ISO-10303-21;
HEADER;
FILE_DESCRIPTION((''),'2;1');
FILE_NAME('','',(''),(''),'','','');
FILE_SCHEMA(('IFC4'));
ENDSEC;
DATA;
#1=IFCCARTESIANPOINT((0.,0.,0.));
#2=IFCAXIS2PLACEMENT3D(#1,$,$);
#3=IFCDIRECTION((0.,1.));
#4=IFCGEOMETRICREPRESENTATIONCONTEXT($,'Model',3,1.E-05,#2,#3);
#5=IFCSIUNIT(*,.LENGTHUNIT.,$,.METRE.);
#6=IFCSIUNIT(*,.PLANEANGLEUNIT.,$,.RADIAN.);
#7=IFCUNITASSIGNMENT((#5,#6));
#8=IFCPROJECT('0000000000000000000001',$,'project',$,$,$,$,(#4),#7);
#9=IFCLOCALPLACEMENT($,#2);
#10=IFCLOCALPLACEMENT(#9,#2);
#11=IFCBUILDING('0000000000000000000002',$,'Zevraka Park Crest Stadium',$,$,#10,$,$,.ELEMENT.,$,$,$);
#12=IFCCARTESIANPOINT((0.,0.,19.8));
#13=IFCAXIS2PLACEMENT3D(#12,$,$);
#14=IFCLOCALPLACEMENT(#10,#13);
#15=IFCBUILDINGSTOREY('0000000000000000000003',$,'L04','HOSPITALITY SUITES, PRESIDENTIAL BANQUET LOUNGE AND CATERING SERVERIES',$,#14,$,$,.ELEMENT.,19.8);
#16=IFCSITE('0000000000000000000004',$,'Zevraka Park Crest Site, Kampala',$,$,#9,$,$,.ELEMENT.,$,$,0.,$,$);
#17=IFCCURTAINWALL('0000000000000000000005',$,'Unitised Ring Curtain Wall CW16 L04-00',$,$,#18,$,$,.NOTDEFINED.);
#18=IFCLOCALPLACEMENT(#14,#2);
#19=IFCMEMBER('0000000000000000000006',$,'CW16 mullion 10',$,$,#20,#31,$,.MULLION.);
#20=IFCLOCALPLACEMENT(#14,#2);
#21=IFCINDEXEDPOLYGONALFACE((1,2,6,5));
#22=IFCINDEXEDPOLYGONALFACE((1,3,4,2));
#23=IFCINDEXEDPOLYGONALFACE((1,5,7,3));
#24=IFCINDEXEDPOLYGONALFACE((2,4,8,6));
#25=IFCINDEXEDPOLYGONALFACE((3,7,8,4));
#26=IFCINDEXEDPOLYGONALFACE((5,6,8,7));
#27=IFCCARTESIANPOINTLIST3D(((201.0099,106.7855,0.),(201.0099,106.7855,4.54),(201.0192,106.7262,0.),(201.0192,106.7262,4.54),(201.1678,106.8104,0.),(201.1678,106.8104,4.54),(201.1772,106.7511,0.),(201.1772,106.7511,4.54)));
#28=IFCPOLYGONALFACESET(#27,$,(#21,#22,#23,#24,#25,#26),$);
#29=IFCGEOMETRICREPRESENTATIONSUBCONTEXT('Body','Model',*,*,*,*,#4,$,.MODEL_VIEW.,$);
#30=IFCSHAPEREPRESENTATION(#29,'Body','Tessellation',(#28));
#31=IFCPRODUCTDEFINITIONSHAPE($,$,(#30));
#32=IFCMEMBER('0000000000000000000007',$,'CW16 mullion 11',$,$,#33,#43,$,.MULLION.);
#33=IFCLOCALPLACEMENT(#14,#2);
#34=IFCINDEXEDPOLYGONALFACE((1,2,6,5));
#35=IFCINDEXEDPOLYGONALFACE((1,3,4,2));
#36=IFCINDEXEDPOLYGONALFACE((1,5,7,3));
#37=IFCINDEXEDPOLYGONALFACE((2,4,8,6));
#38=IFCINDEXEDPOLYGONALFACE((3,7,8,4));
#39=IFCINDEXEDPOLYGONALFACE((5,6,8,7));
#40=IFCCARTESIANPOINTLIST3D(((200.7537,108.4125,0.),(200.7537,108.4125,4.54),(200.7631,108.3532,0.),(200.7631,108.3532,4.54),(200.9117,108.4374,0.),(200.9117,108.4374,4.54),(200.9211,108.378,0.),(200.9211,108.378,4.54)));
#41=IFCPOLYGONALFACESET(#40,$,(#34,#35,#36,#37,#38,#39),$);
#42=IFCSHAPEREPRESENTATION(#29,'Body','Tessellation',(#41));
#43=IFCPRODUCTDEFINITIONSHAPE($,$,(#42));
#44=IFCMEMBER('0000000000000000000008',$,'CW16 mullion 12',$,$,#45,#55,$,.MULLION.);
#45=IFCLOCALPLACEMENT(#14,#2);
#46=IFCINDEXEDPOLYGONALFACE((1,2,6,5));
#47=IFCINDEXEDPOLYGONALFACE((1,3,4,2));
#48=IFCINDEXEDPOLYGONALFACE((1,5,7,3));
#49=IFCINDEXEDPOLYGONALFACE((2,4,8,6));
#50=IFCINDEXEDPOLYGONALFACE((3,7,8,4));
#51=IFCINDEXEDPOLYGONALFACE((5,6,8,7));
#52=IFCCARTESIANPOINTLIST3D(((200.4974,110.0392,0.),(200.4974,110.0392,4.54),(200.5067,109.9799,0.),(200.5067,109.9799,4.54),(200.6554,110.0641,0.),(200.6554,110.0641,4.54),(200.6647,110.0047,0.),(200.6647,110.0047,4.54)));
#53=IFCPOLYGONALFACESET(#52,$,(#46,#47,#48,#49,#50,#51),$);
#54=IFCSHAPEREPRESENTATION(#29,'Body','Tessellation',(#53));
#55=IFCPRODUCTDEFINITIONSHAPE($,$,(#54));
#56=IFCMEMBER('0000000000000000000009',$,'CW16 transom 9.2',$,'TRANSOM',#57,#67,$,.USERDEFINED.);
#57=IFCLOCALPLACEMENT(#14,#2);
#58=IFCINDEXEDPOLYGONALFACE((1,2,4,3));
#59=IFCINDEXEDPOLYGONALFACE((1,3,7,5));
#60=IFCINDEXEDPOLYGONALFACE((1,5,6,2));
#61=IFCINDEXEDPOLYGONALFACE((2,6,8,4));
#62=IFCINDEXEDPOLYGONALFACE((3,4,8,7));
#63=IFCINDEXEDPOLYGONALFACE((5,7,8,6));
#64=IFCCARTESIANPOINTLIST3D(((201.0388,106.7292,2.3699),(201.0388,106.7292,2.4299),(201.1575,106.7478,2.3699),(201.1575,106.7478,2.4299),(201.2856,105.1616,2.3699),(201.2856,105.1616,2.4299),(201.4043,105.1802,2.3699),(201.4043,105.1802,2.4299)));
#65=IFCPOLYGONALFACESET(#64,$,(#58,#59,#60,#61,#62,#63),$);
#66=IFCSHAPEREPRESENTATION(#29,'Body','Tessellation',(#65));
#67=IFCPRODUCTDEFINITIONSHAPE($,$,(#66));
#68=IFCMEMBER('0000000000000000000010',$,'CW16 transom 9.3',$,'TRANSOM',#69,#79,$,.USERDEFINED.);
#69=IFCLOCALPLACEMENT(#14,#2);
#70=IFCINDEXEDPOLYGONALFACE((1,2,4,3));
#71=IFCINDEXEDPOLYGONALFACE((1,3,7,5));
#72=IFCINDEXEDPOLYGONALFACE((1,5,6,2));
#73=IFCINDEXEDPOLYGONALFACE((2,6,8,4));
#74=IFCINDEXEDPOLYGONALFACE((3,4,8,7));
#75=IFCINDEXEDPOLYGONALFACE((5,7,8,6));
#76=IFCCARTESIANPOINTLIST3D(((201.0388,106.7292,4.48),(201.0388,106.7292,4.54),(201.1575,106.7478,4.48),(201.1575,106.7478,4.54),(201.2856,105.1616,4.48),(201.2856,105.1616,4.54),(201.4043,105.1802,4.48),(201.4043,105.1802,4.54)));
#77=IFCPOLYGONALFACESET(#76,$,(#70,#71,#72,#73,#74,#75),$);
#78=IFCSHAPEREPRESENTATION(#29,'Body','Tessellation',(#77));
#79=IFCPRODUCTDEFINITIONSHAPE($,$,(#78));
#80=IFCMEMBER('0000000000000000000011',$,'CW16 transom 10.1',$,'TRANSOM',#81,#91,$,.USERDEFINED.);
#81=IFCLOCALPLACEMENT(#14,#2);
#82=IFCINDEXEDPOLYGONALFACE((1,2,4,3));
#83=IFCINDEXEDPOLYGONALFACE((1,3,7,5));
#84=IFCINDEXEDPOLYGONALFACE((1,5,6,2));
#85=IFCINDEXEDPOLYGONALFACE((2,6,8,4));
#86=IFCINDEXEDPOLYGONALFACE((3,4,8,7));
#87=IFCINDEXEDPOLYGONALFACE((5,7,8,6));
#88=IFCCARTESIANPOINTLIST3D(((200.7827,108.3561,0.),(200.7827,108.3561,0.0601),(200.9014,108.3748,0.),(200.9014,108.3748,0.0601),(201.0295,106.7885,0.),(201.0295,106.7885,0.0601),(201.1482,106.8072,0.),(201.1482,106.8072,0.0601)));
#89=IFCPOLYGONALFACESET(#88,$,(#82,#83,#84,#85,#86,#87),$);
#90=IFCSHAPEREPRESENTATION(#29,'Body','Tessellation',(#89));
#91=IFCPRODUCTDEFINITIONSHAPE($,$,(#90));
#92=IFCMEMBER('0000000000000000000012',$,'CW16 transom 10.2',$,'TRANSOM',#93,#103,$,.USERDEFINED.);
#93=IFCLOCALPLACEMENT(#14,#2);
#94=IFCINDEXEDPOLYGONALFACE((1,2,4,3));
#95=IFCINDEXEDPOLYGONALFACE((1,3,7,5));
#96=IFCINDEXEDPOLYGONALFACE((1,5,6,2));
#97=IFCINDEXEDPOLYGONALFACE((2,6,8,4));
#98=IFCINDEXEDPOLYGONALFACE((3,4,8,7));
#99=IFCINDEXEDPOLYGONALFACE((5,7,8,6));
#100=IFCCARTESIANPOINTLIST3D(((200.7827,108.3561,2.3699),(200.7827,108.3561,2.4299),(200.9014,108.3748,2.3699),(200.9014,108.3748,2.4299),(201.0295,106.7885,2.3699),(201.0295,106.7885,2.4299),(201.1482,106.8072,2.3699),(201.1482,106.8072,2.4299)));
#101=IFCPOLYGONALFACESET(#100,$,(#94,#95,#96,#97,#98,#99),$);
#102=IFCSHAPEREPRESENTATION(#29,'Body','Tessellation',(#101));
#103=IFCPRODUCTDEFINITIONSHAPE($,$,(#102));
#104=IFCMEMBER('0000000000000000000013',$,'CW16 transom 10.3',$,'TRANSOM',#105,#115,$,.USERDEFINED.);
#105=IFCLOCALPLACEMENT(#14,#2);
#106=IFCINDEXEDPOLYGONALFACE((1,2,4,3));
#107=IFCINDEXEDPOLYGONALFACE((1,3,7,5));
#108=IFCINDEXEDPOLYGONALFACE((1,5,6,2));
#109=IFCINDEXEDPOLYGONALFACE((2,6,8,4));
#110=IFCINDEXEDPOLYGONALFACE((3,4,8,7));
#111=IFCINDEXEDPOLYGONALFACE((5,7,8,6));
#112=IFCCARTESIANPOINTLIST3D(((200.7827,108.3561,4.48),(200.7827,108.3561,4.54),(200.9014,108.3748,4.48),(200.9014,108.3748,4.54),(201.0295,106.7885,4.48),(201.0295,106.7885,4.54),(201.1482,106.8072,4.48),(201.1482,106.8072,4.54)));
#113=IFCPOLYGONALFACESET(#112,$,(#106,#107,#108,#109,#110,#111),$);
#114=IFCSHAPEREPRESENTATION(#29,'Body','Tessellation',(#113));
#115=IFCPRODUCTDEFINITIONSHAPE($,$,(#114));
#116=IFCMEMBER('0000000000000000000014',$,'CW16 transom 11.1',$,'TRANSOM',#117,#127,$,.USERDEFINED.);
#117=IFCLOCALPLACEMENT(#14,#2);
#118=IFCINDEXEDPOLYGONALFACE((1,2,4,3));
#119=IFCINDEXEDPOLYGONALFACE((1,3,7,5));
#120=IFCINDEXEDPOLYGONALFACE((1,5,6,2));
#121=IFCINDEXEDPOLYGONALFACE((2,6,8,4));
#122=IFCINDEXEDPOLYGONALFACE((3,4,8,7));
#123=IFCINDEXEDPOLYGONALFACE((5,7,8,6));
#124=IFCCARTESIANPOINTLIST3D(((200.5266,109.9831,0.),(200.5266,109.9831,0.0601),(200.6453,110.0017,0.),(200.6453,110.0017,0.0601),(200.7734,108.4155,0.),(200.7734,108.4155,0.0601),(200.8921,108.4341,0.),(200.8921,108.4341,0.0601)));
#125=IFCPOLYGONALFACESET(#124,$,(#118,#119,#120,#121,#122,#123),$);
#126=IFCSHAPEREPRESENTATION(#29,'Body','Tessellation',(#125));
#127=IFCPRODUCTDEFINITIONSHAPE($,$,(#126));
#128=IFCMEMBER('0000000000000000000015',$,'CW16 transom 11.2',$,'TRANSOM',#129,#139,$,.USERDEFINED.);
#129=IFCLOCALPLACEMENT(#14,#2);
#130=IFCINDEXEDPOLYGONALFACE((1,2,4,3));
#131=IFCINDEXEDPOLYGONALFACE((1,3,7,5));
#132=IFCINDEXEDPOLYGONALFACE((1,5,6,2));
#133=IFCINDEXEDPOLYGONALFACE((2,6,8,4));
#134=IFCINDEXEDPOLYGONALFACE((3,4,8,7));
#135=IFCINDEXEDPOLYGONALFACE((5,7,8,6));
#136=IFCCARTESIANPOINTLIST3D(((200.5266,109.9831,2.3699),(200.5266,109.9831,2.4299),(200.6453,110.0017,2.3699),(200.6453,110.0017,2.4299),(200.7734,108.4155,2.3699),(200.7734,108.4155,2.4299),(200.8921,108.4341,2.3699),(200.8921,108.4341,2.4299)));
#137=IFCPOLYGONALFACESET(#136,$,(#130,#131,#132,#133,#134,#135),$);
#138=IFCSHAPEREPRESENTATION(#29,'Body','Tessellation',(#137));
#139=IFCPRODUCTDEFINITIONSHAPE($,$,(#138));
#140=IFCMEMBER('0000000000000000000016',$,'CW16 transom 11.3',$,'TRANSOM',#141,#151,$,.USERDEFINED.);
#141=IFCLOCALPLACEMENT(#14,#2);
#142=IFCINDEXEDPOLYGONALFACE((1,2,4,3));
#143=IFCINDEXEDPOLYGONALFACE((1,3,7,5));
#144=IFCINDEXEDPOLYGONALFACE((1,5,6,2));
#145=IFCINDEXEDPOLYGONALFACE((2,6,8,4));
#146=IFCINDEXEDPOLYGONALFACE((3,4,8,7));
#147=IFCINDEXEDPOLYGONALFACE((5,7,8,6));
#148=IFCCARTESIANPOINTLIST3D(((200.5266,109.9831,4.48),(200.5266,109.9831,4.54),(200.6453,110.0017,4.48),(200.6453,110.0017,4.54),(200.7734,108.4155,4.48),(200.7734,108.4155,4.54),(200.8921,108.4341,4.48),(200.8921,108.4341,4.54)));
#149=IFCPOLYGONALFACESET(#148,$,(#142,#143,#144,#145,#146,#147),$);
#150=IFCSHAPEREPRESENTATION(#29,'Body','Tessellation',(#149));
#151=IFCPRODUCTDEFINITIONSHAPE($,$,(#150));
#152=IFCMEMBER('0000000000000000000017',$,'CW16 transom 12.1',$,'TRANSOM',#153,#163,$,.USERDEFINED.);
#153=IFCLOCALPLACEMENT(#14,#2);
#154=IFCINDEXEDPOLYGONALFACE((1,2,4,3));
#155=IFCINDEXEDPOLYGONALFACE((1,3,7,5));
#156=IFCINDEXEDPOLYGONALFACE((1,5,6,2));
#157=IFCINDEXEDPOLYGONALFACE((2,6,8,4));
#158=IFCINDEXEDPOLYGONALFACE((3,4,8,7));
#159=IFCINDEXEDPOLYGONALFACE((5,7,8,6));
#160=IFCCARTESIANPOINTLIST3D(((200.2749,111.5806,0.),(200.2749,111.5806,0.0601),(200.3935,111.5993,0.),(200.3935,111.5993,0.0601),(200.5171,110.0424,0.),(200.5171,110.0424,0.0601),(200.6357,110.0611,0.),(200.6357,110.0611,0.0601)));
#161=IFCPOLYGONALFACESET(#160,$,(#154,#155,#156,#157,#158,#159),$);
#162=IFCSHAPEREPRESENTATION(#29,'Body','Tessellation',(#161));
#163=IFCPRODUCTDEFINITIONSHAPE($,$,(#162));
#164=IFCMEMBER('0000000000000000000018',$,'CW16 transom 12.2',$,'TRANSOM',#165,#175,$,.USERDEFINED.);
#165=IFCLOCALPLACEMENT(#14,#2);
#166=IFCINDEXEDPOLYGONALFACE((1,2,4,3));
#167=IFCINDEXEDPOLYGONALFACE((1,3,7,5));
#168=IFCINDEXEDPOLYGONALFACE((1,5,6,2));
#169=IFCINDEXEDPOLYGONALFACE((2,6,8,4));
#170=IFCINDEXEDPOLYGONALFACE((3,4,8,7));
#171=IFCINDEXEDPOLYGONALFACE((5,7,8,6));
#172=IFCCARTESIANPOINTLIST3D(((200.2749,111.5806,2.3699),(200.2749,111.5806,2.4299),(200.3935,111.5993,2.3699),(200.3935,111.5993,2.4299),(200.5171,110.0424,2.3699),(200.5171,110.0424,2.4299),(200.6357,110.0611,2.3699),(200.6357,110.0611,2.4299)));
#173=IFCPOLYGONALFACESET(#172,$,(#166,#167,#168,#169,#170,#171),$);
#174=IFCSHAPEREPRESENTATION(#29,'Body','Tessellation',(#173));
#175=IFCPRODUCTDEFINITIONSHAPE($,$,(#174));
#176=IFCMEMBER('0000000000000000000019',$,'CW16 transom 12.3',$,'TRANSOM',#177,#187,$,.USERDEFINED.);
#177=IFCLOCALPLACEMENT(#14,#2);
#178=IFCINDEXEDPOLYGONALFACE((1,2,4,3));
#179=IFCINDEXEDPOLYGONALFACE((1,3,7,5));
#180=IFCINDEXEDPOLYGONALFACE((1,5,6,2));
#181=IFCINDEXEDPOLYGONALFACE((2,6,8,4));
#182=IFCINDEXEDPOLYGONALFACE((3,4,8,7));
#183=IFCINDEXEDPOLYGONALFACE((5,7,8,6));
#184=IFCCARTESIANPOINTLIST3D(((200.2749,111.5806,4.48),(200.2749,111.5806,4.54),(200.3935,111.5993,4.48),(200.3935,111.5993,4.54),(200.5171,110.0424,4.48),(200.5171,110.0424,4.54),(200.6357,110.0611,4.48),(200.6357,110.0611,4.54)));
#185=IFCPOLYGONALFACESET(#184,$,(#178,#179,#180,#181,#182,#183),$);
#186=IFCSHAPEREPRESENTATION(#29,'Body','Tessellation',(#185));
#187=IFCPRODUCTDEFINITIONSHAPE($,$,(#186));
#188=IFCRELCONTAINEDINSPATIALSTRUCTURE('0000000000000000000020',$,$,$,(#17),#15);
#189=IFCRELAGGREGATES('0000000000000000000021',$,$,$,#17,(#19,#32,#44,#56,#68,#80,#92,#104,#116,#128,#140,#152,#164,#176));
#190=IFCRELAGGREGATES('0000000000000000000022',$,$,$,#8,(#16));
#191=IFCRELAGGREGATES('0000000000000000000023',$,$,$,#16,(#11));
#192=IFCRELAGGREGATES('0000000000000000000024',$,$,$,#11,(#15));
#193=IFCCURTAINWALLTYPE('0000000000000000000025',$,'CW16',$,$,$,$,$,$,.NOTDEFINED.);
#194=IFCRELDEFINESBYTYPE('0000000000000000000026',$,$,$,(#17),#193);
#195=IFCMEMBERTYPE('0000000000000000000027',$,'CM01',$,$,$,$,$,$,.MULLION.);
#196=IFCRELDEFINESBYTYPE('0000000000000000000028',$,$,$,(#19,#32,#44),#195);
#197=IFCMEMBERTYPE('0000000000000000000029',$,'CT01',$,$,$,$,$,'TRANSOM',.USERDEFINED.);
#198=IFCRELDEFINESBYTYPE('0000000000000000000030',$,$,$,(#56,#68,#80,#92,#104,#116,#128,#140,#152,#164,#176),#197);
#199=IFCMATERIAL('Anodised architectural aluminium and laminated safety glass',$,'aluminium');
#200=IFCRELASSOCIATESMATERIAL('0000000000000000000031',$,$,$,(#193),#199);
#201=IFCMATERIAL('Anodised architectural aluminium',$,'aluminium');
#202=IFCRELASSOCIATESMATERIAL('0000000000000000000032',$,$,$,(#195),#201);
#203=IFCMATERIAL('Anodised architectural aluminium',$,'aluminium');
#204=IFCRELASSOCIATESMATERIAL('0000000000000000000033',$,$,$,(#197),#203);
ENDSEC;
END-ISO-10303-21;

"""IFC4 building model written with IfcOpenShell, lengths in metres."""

from ifc_helpers import new_model, si_unit, direction, frame, origin, origin_2d, place, context, subcontext, project, spatial, rectangle, extrude, material, material_profile, profile_set, type_object, element, aggregate, save


model = new_model("IFC4")

# Units and contexts
model_context = context("Model", 3, precision=1e-05, world=origin(), true_north=direction((0.0, 1.0)))
body_context = subcontext(model_context, "Body", "Model", "MODEL_VIEW")
ifc_project = project(units=[si_unit("LENGTHUNIT", "METRE"), si_unit("PLANEANGLEUNIT", "RADIAN")], contexts=[model_context])

# Site, building, storey
site_placement = place(None, origin())
site = spatial("IfcSite", under=ifc_project, at=site_placement, Name="Zevraka Park Crest Site, Kampala", CompositionType="ELEMENT", RefElevation=0.0)
building_placement = place(site_placement, origin())
building = spatial("IfcBuilding", under=site, at=building_placement, Name="Zevraka Park Crest Stadium", CompositionType="ELEMENT")
storey_placement = place(building_placement, frame((0.0, 0.0, 19.8)))
storey = spatial("IfcBuildingStorey", under=building, at=storey_placement, Name="L04", Description="HOSPITALITY SUITES, PRESIDENTIAL BANQUET LOUNGE AND CATERING SERVERIES", CompositionType="ELEMENT", Elevation=19.8)

# Curtain wall, members
ifc_material_1 = material(Name="Anodised architectural aluminium and laminated safety glass", Category="aluminium")
curtain_wall_type = type_object("IfcCurtainWallType", Name="CW16", PredefinedType="NOTDEFINED", material=ifc_material_1)
curtain_wall_placement = place(storey_placement, origin())
curtain_wall = element("IfcCurtainWall", 1, at=curtain_wall_placement, inside=storey, type_object=curtain_wall_type, Name="Unitised Ring Curtain Wall CW16 L04-00", PredefinedType="NOTDEFINED")
ifc_material_2 = material(Name="Anodised architectural aluminium", Category="aluminium")
ifc_material_profile_1 = material_profile(ifc_material_2, rectangle(XDim=0.1599, YDim=0.0601, at=origin_2d()), Name="ALU MULLION 160x60")
ifc_profile_set_1 = profile_set([ifc_material_profile_1], Name="Anodised architectural aluminium")
member_type_1 = type_object("IfcMemberType", Name="CM01", PredefinedType="MULLION", material=ifc_profile_set_1)
member_1_placement = place(storey_placement, frame((201.0935, 106.7683, 0.0), z_axis=(0.0, 0.0, 1.0), x_axis=(-0.98783, -0.155539, 0.0)))
member_1 = element("IfcMember", 2, at=member_1_placement, type_object=member_type_1, Name="CW16 mullion 10", PredefinedType="MULLION", context=body_context, shape_type="SweptSolid", body=[
    extrude(rectangle(XDim=0.1599, YDim=0.0601, at=origin_2d()), origin(), (0.0, 0.0, 1.0), 4.54),
])
member_2_placement = place(storey_placement, frame((200.8374, 108.3953, 0.0), z_axis=(0.0, 0.0, 1.0), x_axis=(-0.98783, -0.155539, 0.0)))
member_2 = element("IfcMember", 3, at=member_2_placement, type_object=member_type_1, Name="CW16 mullion 11", PredefinedType="MULLION", context=body_context, shape_type="SweptSolid", body=[
    extrude(rectangle(XDim=0.1599, YDim=0.0601, at=origin_2d()), origin(), (0.0, 0.0, 1.0), 4.54),
])
member_3_placement = place(storey_placement, frame((200.5811, 110.022, 0.0), z_axis=(0.0, 0.0, 1.0), x_axis=(-0.98783, -0.155539, 0.0)))
member_3 = element("IfcMember", 4, at=member_3_placement, type_object=member_type_1, Name="CW16 mullion 12", PredefinedType="MULLION", context=body_context, shape_type="SweptSolid", body=[
    extrude(rectangle(XDim=0.1599, YDim=0.0601, at=origin_2d()), origin(), (0.0, 0.0, 1.0), 4.54),
])
ifc_material_3 = material(Name="Anodised architectural aluminium", Category="aluminium")
ifc_material_profile_2 = material_profile(ifc_material_3, rectangle(XDim=0.1201, YDim=0.0601, at=origin_2d()), Name="ALU TRANSOM 120x60")
ifc_profile_set_2 = profile_set([ifc_material_profile_2], Name="Anodised architectural aluminium")
member_type_2 = type_object("IfcMemberType", Name="CT01", ElementType="TRANSOM", PredefinedType="USERDEFINED", material=ifc_profile_set_2)
member_4_placement = place(storey_placement, frame((201.345, 105.1709, 2.3999), z_axis=(-0.155536, 0.98783, 0.0), x_axis=(-0.98783, -0.155536, 0.0)))
member_4 = element("IfcMember", 5, at=member_4_placement, type_object=member_type_2, Name="CW16 transom 9.2", ObjectType="TRANSOM", PredefinedType="USERDEFINED", context=body_context, shape_type="SweptSolid", body=[
    extrude(rectangle(XDim=0.1201, YDim=0.0601, at=origin_2d()), origin(), (0.0, 0.0, 1.0), 1.5869),
])
member_5_placement = place(storey_placement, frame((201.345, 105.1709, 4.51), z_axis=(-0.155536, 0.98783, 0.0), x_axis=(-0.98783, -0.155536, 0.0)))
member_5 = element("IfcMember", 6, at=member_5_placement, type_object=member_type_2, Name="CW16 transom 9.3", ObjectType="TRANSOM", PredefinedType="USERDEFINED", context=body_context, shape_type="SweptSolid", body=[
    extrude(rectangle(XDim=0.1201, YDim=0.0601, at=origin_2d()), origin(), (0.0, 0.0, 1.0), 1.5869),
])
member_6_placement = place(storey_placement, frame((201.0889, 106.7979, 0.03), z_axis=(-0.155536, 0.98783, 0.0), x_axis=(-0.98783, -0.155536, 0.0)))
member_6 = element("IfcMember", 7, at=member_6_placement, type_object=member_type_2, Name="CW16 transom 10.1", ObjectType="TRANSOM", PredefinedType="USERDEFINED", context=body_context, shape_type="SweptSolid", body=[
    extrude(rectangle(XDim=0.1201, YDim=0.0601, at=origin_2d()), origin(), (0.0, 0.0, 1.0), 1.5869),
])
member_7_placement = place(storey_placement, frame((201.0889, 106.7979, 2.3999), z_axis=(-0.155536, 0.98783, 0.0), x_axis=(-0.98783, -0.155536, 0.0)))
member_7 = element("IfcMember", 8, at=member_7_placement, type_object=member_type_2, Name="CW16 transom 10.2", ObjectType="TRANSOM", PredefinedType="USERDEFINED", context=body_context, shape_type="SweptSolid", body=[
    extrude(rectangle(XDim=0.1201, YDim=0.0601, at=origin_2d()), origin(), (0.0, 0.0, 1.0), 1.5869),
])
member_8_placement = place(storey_placement, frame((201.0889, 106.7979, 4.51), z_axis=(-0.155536, 0.98783, 0.0), x_axis=(-0.98783, -0.155536, 0.0)))
member_8 = element("IfcMember", 9, at=member_8_placement, type_object=member_type_2, Name="CW16 transom 10.3", ObjectType="TRANSOM", PredefinedType="USERDEFINED", context=body_context, shape_type="SweptSolid", body=[
    extrude(rectangle(XDim=0.1201, YDim=0.0601, at=origin_2d()), origin(), (0.0, 0.0, 1.0), 1.5869),
])
member_9_placement = place(storey_placement, frame((200.8328, 108.4248, 0.03), z_axis=(-0.155536, 0.98783, 0.0), x_axis=(-0.98783, -0.155536, 0.0)))
member_9 = element("IfcMember", 10, at=member_9_placement, type_object=member_type_2, Name="CW16 transom 11.1", ObjectType="TRANSOM", PredefinedType="USERDEFINED", context=body_context, shape_type="SweptSolid", body=[
    extrude(rectangle(XDim=0.1201, YDim=0.0601, at=origin_2d()), origin(), (0.0, 0.0, 1.0), 1.5869),
])
member_10_placement = place(storey_placement, frame((200.8328, 108.4248, 2.3999), z_axis=(-0.155536, 0.98783, 0.0), x_axis=(-0.98783, -0.155536, 0.0)))
member_10 = element("IfcMember", 11, at=member_10_placement, type_object=member_type_2, Name="CW16 transom 11.2", ObjectType="TRANSOM", PredefinedType="USERDEFINED", context=body_context, shape_type="SweptSolid", body=[
    extrude(rectangle(XDim=0.1201, YDim=0.0601, at=origin_2d()), origin(), (0.0, 0.0, 1.0), 1.5869),
])
member_11_placement = place(storey_placement, frame((200.8328, 108.4248, 4.51), z_axis=(-0.155536, 0.98783, 0.0), x_axis=(-0.98783, -0.155536, 0.0)))
member_11 = element("IfcMember", 12, at=member_11_placement, type_object=member_type_2, Name="CW16 transom 11.3", ObjectType="TRANSOM", PredefinedType="USERDEFINED", context=body_context, shape_type="SweptSolid", body=[
    extrude(rectangle(XDim=0.1201, YDim=0.0601, at=origin_2d()), origin(), (0.0, 0.0, 1.0), 1.5869),
])
member_12_placement = place(storey_placement, frame((200.5764, 110.0518, 0.03), z_axis=(-0.155544, 0.987829, 0.0), x_axis=(-0.987829, -0.155544, 0.0)))
member_12 = element("IfcMember", 13, at=member_12_placement, type_object=member_type_2, Name="CW16 transom 12.1", ObjectType="TRANSOM", PredefinedType="USERDEFINED", context=body_context, shape_type="SweptSolid", body=[
    extrude(rectangle(XDim=0.1201, YDim=0.0601, at=origin_2d()), origin(), (0.0, 0.0, 1.0), 1.5571),
])
member_13_placement = place(storey_placement, frame((200.5764, 110.0518, 2.3999), z_axis=(-0.155544, 0.987829, 0.0), x_axis=(-0.987829, -0.155544, 0.0)))
member_13 = element("IfcMember", 14, at=member_13_placement, type_object=member_type_2, Name="CW16 transom 12.2", ObjectType="TRANSOM", PredefinedType="USERDEFINED", context=body_context, shape_type="SweptSolid", body=[
    extrude(rectangle(XDim=0.1201, YDim=0.0601, at=origin_2d()), origin(), (0.0, 0.0, 1.0), 1.5571),
])
member_14_placement = place(storey_placement, frame((200.5764, 110.0518, 4.51), z_axis=(-0.155544, 0.987829, 0.0), x_axis=(-0.987829, -0.155544, 0.0)))
member_14 = element("IfcMember", 15, at=member_14_placement, type_object=member_type_2, Name="CW16 transom 12.3", ObjectType="TRANSOM", PredefinedType="USERDEFINED", context=body_context, shape_type="SweptSolid", body=[
    extrude(rectangle(XDim=0.1201, YDim=0.0601, at=origin_2d()), origin(), (0.0, 0.0, 1.0), 1.5571),
])
aggregate(curtain_wall, [member_1, member_2, member_3, member_4, member_5, member_6, member_7, member_8, member_9, member_10, member_11, member_12, member_13, member_14])

save(model, "model.ifc")
